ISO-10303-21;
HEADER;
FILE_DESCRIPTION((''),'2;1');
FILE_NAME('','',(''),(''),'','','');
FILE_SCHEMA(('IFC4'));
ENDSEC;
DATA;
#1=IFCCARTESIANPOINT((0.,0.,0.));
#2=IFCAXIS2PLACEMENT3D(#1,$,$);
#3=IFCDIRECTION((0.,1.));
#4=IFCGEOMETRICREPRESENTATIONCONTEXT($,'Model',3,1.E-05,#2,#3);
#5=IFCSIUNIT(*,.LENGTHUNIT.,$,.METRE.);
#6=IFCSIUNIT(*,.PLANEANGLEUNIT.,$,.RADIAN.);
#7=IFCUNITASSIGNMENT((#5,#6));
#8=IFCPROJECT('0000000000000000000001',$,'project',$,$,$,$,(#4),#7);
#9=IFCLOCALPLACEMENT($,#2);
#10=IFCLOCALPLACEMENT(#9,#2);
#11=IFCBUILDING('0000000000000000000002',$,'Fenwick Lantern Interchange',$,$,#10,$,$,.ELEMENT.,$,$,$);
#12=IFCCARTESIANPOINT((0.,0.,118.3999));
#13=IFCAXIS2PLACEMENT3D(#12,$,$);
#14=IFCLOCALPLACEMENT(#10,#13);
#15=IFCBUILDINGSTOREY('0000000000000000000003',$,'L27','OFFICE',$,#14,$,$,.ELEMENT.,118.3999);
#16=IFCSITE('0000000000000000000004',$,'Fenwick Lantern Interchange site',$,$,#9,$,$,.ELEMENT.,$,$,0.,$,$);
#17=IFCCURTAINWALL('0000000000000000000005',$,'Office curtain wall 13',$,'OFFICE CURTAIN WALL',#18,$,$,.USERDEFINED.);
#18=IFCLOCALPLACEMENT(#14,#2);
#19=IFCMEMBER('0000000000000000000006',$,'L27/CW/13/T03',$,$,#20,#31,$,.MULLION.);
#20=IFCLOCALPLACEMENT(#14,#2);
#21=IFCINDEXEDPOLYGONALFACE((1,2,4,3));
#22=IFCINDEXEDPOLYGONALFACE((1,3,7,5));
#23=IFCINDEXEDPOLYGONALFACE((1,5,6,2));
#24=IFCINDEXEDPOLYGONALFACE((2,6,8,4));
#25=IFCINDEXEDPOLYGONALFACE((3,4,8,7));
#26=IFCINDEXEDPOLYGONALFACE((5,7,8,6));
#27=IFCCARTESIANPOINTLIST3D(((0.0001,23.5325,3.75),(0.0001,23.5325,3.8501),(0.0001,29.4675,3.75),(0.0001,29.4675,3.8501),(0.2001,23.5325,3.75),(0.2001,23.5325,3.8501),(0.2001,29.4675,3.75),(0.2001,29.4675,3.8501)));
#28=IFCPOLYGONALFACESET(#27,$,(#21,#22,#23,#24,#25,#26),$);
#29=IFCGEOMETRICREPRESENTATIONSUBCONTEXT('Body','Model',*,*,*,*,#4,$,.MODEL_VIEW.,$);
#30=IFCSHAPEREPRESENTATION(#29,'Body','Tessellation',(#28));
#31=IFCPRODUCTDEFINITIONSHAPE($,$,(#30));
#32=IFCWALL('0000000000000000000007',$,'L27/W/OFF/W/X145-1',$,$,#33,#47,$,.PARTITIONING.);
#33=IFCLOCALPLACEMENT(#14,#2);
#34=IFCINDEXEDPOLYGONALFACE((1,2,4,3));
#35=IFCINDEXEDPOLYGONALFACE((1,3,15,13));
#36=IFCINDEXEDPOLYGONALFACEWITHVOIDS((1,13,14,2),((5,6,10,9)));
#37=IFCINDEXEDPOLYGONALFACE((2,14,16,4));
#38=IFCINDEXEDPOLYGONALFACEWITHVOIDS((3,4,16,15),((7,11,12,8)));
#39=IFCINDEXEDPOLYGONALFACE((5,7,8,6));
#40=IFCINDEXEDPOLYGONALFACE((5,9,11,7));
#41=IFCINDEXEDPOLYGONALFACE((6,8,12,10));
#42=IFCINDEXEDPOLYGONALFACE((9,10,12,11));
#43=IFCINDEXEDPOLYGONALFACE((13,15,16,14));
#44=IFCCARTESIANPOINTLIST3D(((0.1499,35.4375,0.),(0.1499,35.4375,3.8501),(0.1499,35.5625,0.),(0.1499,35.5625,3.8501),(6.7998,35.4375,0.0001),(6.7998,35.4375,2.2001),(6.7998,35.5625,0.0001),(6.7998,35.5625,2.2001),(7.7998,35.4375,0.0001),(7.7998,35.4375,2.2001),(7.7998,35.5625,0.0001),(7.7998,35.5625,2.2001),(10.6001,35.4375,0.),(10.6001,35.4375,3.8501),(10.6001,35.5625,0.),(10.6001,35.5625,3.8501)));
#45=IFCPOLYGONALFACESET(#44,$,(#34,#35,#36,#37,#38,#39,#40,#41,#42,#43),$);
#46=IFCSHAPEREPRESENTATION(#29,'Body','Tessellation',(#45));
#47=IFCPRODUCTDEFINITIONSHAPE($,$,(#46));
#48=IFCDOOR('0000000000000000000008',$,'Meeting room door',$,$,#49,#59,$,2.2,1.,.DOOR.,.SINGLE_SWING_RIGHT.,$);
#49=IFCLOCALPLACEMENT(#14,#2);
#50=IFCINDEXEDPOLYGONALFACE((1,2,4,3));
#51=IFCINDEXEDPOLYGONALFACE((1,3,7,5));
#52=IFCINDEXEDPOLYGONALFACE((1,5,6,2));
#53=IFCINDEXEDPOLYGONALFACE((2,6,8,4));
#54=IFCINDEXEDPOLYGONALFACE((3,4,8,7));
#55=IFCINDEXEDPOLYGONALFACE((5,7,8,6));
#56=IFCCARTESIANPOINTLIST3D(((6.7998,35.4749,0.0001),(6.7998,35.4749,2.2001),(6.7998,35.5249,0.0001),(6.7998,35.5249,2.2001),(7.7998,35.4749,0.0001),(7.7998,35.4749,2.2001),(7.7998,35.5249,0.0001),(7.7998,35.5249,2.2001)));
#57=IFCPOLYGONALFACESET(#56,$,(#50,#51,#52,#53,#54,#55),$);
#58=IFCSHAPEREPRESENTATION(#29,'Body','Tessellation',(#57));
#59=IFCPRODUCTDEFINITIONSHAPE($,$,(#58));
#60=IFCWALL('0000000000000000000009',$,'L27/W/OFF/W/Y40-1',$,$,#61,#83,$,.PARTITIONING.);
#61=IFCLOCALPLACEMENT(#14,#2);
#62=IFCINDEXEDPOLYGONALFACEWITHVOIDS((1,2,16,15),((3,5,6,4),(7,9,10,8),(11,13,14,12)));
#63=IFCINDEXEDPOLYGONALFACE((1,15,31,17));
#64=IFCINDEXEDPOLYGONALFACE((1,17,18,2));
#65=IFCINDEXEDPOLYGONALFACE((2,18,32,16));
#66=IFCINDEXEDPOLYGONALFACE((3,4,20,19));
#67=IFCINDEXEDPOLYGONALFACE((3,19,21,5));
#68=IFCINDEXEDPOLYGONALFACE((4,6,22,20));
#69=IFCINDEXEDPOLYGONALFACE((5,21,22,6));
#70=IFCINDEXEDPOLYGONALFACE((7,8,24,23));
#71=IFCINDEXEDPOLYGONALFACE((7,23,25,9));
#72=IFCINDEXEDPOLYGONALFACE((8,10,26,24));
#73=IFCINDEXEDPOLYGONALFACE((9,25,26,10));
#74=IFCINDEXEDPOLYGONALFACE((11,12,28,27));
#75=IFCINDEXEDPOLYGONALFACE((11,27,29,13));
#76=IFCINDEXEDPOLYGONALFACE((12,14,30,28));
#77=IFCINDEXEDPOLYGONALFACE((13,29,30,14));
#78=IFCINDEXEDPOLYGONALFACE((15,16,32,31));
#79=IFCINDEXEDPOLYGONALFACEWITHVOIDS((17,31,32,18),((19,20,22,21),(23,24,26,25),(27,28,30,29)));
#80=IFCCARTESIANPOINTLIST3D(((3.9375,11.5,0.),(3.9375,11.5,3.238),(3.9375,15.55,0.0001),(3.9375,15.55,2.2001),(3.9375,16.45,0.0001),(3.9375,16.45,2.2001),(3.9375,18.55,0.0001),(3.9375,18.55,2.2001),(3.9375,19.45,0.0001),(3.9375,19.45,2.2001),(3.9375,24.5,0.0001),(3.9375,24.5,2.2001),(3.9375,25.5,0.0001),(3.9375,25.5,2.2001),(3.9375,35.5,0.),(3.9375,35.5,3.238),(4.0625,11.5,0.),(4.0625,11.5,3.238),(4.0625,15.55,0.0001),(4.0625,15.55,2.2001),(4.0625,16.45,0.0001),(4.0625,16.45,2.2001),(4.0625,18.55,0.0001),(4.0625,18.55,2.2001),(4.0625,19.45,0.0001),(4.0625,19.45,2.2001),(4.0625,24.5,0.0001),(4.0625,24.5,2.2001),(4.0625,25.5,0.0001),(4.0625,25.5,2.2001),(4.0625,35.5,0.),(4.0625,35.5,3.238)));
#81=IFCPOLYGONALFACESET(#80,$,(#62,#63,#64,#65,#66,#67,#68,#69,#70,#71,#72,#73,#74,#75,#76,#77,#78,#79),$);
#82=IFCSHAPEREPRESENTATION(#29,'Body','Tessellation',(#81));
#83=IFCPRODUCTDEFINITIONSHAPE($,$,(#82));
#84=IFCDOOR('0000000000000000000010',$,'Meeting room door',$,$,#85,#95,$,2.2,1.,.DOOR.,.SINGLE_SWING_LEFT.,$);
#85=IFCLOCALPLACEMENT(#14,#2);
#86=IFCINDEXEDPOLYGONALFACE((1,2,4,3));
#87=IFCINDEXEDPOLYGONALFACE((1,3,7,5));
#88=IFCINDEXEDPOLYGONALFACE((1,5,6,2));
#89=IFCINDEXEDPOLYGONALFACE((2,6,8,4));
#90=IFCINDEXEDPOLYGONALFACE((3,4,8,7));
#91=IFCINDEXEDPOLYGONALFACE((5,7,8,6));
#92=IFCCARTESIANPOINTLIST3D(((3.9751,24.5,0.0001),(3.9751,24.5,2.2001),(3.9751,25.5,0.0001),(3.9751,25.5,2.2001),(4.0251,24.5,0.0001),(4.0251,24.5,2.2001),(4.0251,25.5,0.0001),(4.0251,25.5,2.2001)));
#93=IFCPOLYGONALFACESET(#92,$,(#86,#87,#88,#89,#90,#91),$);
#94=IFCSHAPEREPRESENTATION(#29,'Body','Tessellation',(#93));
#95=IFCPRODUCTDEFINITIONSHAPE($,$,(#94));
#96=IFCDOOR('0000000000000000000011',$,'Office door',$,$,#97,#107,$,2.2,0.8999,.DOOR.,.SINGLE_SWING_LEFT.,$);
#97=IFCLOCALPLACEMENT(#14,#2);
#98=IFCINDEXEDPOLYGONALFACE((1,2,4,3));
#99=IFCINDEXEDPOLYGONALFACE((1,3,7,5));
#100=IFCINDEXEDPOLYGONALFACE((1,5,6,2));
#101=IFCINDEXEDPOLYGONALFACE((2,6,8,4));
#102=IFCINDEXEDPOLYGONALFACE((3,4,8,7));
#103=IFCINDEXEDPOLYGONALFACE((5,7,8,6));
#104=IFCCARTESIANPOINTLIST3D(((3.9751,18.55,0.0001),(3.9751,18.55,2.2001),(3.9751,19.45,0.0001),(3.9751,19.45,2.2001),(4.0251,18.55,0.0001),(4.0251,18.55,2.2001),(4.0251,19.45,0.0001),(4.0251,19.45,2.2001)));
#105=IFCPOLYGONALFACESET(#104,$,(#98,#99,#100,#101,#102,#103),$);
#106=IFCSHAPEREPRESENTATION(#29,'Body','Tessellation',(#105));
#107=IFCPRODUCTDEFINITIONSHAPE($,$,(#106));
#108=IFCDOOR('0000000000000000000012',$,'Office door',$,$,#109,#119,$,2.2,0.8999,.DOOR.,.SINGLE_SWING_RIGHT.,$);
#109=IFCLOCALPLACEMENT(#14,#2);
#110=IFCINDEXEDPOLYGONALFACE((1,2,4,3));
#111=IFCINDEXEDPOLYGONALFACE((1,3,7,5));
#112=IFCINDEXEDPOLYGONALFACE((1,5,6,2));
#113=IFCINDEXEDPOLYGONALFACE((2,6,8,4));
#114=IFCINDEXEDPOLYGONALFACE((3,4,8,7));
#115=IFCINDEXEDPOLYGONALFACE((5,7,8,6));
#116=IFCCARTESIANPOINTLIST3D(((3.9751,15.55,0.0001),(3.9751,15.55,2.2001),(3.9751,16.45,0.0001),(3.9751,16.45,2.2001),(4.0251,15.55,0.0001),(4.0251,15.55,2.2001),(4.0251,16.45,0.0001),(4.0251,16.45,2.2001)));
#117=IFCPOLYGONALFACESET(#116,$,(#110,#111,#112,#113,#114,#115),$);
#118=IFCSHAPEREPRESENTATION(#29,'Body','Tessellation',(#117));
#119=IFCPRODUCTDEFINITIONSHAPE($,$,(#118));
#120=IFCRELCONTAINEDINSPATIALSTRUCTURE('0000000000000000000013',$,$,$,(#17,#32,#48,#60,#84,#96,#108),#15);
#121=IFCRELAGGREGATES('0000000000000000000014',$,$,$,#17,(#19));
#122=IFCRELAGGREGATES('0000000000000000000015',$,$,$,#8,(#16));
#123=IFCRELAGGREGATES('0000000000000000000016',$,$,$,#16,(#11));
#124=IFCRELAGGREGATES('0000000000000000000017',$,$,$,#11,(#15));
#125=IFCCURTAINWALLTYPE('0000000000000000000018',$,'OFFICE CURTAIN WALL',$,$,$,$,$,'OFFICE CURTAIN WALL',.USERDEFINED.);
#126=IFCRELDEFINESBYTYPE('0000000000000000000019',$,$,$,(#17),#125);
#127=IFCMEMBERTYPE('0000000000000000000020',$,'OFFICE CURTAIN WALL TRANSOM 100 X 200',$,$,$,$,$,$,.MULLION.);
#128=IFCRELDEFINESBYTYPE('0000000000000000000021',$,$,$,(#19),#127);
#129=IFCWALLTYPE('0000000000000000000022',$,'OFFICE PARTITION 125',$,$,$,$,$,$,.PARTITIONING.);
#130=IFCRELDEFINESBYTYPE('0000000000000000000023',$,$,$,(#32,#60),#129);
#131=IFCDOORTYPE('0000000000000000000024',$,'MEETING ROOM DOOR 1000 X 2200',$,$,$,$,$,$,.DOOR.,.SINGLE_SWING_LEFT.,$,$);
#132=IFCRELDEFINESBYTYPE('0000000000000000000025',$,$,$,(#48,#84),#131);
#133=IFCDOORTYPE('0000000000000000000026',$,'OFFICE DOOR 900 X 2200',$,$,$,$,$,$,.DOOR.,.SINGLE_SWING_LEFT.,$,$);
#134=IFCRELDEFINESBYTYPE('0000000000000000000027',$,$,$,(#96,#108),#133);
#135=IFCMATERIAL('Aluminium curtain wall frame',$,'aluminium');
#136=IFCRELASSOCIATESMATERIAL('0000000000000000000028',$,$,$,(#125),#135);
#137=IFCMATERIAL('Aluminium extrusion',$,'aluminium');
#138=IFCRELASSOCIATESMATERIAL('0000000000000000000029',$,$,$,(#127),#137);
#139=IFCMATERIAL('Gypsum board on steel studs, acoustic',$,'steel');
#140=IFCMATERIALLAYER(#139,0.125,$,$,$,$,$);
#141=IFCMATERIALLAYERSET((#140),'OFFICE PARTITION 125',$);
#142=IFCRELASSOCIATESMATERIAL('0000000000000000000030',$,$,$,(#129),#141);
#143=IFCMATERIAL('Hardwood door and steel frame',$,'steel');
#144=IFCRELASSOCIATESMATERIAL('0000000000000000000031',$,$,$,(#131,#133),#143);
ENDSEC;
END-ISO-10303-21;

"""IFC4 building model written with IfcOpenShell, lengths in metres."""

from ifc_helpers import new_model, si_unit, direction, frame, frame_2d, origin, origin_2d, place, context, subcontext, project, spatial, rectangle, extrude, material, layer, layer_set, material_profile, profile_set, type_object, element, fill, aggregate, save


model = new_model("IFC4")

# Units and contexts
model_context = context("Model", 3, precision=1e-05, world=origin(), true_north=direction((0.0, 1.0)))
body_context = subcontext(model_context, "Body", "Model", "MODEL_VIEW")
ifc_project = project(units=[si_unit("LENGTHUNIT", "METRE"), si_unit("PLANEANGLEUNIT", "RADIAN")], contexts=[model_context])

# Site, building, storey
site_placement = place(None, origin())
site = spatial("IfcSite", under=ifc_project, at=site_placement, Name="Fenwick Lantern Interchange site", CompositionType="ELEMENT", RefElevation=0.0)
building_placement = place(site_placement, origin())
building = spatial("IfcBuilding", under=site, at=building_placement, Name="Fenwick Lantern Interchange", CompositionType="ELEMENT")
storey_placement = place(building_placement, frame((0.0, 0.0, 118.3999)))
storey = spatial("IfcBuildingStorey", under=building, at=storey_placement, Name="L27", Description="OFFICE", CompositionType="ELEMENT", Elevation=118.3999)

# Curtain wall, member
ifc_material_1 = material(Name="Aluminium curtain wall frame", Category="aluminium")
curtain_wall_type = type_object("IfcCurtainWallType", Name="OFFICE CURTAIN WALL", ElementType="OFFICE CURTAIN WALL", PredefinedType="USERDEFINED", material=ifc_material_1)
curtain_wall_placement = place(storey_placement, origin())
curtain_wall = element("IfcCurtainWall", 1, at=curtain_wall_placement, inside=storey, type_object=curtain_wall_type, Name="Office curtain wall 13", ObjectType="OFFICE CURTAIN WALL", PredefinedType="USERDEFINED")
ifc_material_2 = material(Name="Aluminium extrusion", Category="aluminium")
ifc_material_profile_1 = material_profile(ifc_material_2, rectangle(XDim=0.2, YDim=0.1001, at=origin_2d()), Name="OFFICE CURTAIN WALL TRANSOM 100 X 200")
ifc_profile_set_1 = profile_set([ifc_material_profile_1], Name="Aluminium extrusion")
member_type_1 = type_object("IfcMemberType", Name="OFFICE CURTAIN WALL TRANSOM 100 X 200", PredefinedType="MULLION", material=ifc_profile_set_1)
member_1_placement = place(storey_placement, frame((0.1001, 29.4675, 3.8), z_axis=(0.0, -1.0, 0.0), x_axis=(1.0, 0.0, 0.0)))
member_1 = element("IfcMember", 2, at=member_1_placement, type_object=member_type_1, Name="L27/CW/13/T03", PredefinedType="MULLION", context=body_context, shape_type="SweptSolid", body=[
    extrude(rectangle(XDim=0.2, YDim=0.1001, at=origin_2d()), origin(), (0.0, 0.0, 1.0), 5.9351),
])
aggregate(curtain_wall, [member_1])

# Wall, opening, door
ifc_material_3 = material(Name="Gypsum board on steel studs, acoustic", Category="steel")
ifc_layer = layer(ifc_material_3, 0.125)
ifc_layer_set = layer_set([ifc_layer], Name="OFFICE PARTITION 125")
wall_type = type_object("IfcWallType", Name="OFFICE PARTITION 125", PredefinedType="PARTITIONING", material=ifc_layer_set)
wall_1_placement = place(storey_placement, frame((0.1499, 35.5, 0.0), z_axis=(0.0, 0.0, 1.0), x_axis=(1.0, 0.0, 0.0)))
wall_1 = element("IfcWall", 3, at=wall_1_placement, inside=storey, type_object=wall_type, Name="L27/W/OFF/W/X145-1", PredefinedType="PARTITIONING", context=body_context, shape_type="SweptSolid", body=[
    extrude(rectangle(XDim=10.4502, YDim=0.125, at=frame_2d((5.2251, 0.0))), origin(), (0.0, 0.0, 1.0), 3.8501),
])
opening_1_placement = place(wall_1_placement, frame((6.6499, 0.0, 0.0)))
opening_1 = element("IfcOpeningElement", 4, at=opening_1_placement, cuts=wall_1, PredefinedType="OPENING", context=body_context, shape_type="SweptSolid", body=[
    extrude(rectangle(XDim=1.0, YDim=2.2, at=frame_2d((0.5, 1.1001))), frame((0.0, 0.0725, 0.0), z_axis=(0.0, -1.0, 0.0), x_axis=(1.0, 0.0, 0.0)), (0.0, 0.0, 1.0), 0.145),
])
ifc_material_4 = material(Name="Hardwood door and steel frame", Category="steel")
door_type_1 = type_object("IfcDoorType", Name="MEETING ROOM DOOR 1000 X 2200", OperationType="SINGLE_SWING_LEFT", PredefinedType="DOOR", material=ifc_material_4)
door_1_placement = place(opening_1_placement, origin())
door_1 = element("IfcDoor", 5, at=door_1_placement, inside=storey, type_object=door_type_1, Name="Meeting room door", OperationType="SINGLE_SWING_RIGHT", OverallHeight=2.2, OverallWidth=1.0, PredefinedType="DOOR", context=body_context, shape_type="SweptSolid", body=[
    extrude(rectangle(XDim=1.0, YDim=2.2, at=frame_2d((0.5, 1.1001))), frame((0.0, 0.0249, 0.0), z_axis=(0.0, -1.0, 0.0), x_axis=(1.0, 0.0, 0.0)), (0.0, 0.0, 1.0), 0.05),
])
fill(opening_1, door_1)

# Wall, openings, doors
wall_2_placement = place(storey_placement, frame((4.0, 35.5, 0.0), z_axis=(0.0, 0.0, 1.0), x_axis=(0.0, -1.0, 0.0)))
wall_2 = element("IfcWall", 6, at=wall_2_placement, inside=storey, type_object=wall_type, Name="L27/W/OFF/W/Y40-1", PredefinedType="PARTITIONING", context=body_context, shape_type="SweptSolid", body=[
    extrude(rectangle(XDim=24.0, YDim=0.125, at=frame_2d((12.0, 0.0))), origin(), (0.0, 0.0, 1.0), 3.238),
])
opening_2_placement = place(wall_2_placement, frame((10.0, 0.0, 0.0)))
opening_2 = element("IfcOpeningElement", 7, at=opening_2_placement, cuts=wall_2, PredefinedType="OPENING", context=body_context, shape_type="SweptSolid", body=[
    extrude(rectangle(XDim=1.0, YDim=2.2, at=frame_2d((0.5, 1.1001))), frame((0.0, 0.0725, 0.0), z_axis=(0.0, -1.0, 0.0), x_axis=(1.0, 0.0, 0.0)), (0.0, 0.0, 1.0), 0.145),
])
opening_3_placement = place(wall_2_placement, frame((16.05, 0.0, 0.0)))
opening_3 = element("IfcOpeningElement", 8, at=opening_3_placement, cuts=wall_2, PredefinedType="OPENING", context=body_context, shape_type="SweptSolid", body=[
    extrude(rectangle(XDim=0.8999, YDim=2.2, at=frame_2d((0.45, 1.1001))), frame((0.0, 0.0725, 0.0), z_axis=(0.0, -1.0, 0.0), x_axis=(1.0, 0.0, 0.0)), (0.0, 0.0, 1.0), 0.145),
])
opening_4_placement = place(wall_2_placement, frame((19.05, 0.0, 0.0)))
opening_4 = element("IfcOpeningElement", 9, at=opening_4_placement, cuts=wall_2, PredefinedType="OPENING", context=body_context, shape_type="SweptSolid", body=[
    extrude(rectangle(XDim=0.8999, YDim=2.2, at=frame_2d((0.45, 1.1001))), frame((0.0, 0.0725, 0.0), z_axis=(0.0, -1.0, 0.0), x_axis=(1.0, 0.0, 0.0)), (0.0, 0.0, 1.0), 0.145),
])
door_2_placement = place(opening_2_placement, frame((1.0, 0.0, 0.0), z_axis=(0.0, 0.0, 1.0), x_axis=(-1.0, 0.0, 0.0)))
door_2 = element("IfcDoor", 10, at=door_2_placement, inside=storey, type_object=door_type_1, Name="Meeting room door", OperationType="SINGLE_SWING_LEFT", OverallHeight=2.2, OverallWidth=1.0, PredefinedType="DOOR", context=body_context, shape_type="SweptSolid", body=[
    extrude(rectangle(XDim=1.0, YDim=2.2, at=frame_2d((0.5, 1.1001))), frame((0.0, 0.0249, 0.0), z_axis=(0.0, -1.0, 0.0), x_axis=(1.0, 0.0, 0.0)), (0.0, 0.0, 1.0), 0.05),
])
fill(opening_2, door_2)
door_type_2 = type_object("IfcDoorType", Name="OFFICE DOOR 900 X 2200", OperationType="SINGLE_SWING_LEFT", PredefinedType="DOOR", material=ifc_material_4)
door_3_placement = place(opening_3_placement, frame((0.8999, 0.0, 0.0), z_axis=(0.0, 0.0, 1.0), x_axis=(-1.0, 0.0, 0.0)))
door_3 = element("IfcDoor", 11, at=door_3_placement, inside=storey, type_object=door_type_2, Name="Office door", OperationType="SINGLE_SWING_LEFT", OverallHeight=2.2, OverallWidth=0.8999, PredefinedType="DOOR", context=body_context, shape_type="SweptSolid", body=[
    extrude(rectangle(XDim=0.8999, YDim=2.2, at=frame_2d((0.45, 1.1001))), frame((0.0, 0.0249, 0.0), z_axis=(0.0, -1.0, 0.0), x_axis=(1.0, 0.0, 0.0)), (0.0, 0.0, 1.0), 0.05),
])
fill(opening_3, door_3)
door_4_placement = place(opening_4_placement, frame((0.8999, 0.0, 0.0), z_axis=(0.0, 0.0, 1.0), x_axis=(-1.0, 0.0, 0.0)))
door_4 = element("IfcDoor", 12, at=door_4_placement, inside=storey, type_object=door_type_2, Name="Office door", OperationType="SINGLE_SWING_RIGHT", OverallHeight=2.2, OverallWidth=0.8999, PredefinedType="DOOR", context=body_context, shape_type="SweptSolid", body=[
    extrude(rectangle(XDim=0.8999, YDim=2.2, at=frame_2d((0.45, 1.1001))), frame((0.0, 0.0249, 0.0), z_axis=(0.0, -1.0, 0.0), x_axis=(1.0, 0.0, 0.0)), (0.0, 0.0, 1.0), 0.05),
])
fill(opening_4, door_4)

save(model, "model.ifc")
